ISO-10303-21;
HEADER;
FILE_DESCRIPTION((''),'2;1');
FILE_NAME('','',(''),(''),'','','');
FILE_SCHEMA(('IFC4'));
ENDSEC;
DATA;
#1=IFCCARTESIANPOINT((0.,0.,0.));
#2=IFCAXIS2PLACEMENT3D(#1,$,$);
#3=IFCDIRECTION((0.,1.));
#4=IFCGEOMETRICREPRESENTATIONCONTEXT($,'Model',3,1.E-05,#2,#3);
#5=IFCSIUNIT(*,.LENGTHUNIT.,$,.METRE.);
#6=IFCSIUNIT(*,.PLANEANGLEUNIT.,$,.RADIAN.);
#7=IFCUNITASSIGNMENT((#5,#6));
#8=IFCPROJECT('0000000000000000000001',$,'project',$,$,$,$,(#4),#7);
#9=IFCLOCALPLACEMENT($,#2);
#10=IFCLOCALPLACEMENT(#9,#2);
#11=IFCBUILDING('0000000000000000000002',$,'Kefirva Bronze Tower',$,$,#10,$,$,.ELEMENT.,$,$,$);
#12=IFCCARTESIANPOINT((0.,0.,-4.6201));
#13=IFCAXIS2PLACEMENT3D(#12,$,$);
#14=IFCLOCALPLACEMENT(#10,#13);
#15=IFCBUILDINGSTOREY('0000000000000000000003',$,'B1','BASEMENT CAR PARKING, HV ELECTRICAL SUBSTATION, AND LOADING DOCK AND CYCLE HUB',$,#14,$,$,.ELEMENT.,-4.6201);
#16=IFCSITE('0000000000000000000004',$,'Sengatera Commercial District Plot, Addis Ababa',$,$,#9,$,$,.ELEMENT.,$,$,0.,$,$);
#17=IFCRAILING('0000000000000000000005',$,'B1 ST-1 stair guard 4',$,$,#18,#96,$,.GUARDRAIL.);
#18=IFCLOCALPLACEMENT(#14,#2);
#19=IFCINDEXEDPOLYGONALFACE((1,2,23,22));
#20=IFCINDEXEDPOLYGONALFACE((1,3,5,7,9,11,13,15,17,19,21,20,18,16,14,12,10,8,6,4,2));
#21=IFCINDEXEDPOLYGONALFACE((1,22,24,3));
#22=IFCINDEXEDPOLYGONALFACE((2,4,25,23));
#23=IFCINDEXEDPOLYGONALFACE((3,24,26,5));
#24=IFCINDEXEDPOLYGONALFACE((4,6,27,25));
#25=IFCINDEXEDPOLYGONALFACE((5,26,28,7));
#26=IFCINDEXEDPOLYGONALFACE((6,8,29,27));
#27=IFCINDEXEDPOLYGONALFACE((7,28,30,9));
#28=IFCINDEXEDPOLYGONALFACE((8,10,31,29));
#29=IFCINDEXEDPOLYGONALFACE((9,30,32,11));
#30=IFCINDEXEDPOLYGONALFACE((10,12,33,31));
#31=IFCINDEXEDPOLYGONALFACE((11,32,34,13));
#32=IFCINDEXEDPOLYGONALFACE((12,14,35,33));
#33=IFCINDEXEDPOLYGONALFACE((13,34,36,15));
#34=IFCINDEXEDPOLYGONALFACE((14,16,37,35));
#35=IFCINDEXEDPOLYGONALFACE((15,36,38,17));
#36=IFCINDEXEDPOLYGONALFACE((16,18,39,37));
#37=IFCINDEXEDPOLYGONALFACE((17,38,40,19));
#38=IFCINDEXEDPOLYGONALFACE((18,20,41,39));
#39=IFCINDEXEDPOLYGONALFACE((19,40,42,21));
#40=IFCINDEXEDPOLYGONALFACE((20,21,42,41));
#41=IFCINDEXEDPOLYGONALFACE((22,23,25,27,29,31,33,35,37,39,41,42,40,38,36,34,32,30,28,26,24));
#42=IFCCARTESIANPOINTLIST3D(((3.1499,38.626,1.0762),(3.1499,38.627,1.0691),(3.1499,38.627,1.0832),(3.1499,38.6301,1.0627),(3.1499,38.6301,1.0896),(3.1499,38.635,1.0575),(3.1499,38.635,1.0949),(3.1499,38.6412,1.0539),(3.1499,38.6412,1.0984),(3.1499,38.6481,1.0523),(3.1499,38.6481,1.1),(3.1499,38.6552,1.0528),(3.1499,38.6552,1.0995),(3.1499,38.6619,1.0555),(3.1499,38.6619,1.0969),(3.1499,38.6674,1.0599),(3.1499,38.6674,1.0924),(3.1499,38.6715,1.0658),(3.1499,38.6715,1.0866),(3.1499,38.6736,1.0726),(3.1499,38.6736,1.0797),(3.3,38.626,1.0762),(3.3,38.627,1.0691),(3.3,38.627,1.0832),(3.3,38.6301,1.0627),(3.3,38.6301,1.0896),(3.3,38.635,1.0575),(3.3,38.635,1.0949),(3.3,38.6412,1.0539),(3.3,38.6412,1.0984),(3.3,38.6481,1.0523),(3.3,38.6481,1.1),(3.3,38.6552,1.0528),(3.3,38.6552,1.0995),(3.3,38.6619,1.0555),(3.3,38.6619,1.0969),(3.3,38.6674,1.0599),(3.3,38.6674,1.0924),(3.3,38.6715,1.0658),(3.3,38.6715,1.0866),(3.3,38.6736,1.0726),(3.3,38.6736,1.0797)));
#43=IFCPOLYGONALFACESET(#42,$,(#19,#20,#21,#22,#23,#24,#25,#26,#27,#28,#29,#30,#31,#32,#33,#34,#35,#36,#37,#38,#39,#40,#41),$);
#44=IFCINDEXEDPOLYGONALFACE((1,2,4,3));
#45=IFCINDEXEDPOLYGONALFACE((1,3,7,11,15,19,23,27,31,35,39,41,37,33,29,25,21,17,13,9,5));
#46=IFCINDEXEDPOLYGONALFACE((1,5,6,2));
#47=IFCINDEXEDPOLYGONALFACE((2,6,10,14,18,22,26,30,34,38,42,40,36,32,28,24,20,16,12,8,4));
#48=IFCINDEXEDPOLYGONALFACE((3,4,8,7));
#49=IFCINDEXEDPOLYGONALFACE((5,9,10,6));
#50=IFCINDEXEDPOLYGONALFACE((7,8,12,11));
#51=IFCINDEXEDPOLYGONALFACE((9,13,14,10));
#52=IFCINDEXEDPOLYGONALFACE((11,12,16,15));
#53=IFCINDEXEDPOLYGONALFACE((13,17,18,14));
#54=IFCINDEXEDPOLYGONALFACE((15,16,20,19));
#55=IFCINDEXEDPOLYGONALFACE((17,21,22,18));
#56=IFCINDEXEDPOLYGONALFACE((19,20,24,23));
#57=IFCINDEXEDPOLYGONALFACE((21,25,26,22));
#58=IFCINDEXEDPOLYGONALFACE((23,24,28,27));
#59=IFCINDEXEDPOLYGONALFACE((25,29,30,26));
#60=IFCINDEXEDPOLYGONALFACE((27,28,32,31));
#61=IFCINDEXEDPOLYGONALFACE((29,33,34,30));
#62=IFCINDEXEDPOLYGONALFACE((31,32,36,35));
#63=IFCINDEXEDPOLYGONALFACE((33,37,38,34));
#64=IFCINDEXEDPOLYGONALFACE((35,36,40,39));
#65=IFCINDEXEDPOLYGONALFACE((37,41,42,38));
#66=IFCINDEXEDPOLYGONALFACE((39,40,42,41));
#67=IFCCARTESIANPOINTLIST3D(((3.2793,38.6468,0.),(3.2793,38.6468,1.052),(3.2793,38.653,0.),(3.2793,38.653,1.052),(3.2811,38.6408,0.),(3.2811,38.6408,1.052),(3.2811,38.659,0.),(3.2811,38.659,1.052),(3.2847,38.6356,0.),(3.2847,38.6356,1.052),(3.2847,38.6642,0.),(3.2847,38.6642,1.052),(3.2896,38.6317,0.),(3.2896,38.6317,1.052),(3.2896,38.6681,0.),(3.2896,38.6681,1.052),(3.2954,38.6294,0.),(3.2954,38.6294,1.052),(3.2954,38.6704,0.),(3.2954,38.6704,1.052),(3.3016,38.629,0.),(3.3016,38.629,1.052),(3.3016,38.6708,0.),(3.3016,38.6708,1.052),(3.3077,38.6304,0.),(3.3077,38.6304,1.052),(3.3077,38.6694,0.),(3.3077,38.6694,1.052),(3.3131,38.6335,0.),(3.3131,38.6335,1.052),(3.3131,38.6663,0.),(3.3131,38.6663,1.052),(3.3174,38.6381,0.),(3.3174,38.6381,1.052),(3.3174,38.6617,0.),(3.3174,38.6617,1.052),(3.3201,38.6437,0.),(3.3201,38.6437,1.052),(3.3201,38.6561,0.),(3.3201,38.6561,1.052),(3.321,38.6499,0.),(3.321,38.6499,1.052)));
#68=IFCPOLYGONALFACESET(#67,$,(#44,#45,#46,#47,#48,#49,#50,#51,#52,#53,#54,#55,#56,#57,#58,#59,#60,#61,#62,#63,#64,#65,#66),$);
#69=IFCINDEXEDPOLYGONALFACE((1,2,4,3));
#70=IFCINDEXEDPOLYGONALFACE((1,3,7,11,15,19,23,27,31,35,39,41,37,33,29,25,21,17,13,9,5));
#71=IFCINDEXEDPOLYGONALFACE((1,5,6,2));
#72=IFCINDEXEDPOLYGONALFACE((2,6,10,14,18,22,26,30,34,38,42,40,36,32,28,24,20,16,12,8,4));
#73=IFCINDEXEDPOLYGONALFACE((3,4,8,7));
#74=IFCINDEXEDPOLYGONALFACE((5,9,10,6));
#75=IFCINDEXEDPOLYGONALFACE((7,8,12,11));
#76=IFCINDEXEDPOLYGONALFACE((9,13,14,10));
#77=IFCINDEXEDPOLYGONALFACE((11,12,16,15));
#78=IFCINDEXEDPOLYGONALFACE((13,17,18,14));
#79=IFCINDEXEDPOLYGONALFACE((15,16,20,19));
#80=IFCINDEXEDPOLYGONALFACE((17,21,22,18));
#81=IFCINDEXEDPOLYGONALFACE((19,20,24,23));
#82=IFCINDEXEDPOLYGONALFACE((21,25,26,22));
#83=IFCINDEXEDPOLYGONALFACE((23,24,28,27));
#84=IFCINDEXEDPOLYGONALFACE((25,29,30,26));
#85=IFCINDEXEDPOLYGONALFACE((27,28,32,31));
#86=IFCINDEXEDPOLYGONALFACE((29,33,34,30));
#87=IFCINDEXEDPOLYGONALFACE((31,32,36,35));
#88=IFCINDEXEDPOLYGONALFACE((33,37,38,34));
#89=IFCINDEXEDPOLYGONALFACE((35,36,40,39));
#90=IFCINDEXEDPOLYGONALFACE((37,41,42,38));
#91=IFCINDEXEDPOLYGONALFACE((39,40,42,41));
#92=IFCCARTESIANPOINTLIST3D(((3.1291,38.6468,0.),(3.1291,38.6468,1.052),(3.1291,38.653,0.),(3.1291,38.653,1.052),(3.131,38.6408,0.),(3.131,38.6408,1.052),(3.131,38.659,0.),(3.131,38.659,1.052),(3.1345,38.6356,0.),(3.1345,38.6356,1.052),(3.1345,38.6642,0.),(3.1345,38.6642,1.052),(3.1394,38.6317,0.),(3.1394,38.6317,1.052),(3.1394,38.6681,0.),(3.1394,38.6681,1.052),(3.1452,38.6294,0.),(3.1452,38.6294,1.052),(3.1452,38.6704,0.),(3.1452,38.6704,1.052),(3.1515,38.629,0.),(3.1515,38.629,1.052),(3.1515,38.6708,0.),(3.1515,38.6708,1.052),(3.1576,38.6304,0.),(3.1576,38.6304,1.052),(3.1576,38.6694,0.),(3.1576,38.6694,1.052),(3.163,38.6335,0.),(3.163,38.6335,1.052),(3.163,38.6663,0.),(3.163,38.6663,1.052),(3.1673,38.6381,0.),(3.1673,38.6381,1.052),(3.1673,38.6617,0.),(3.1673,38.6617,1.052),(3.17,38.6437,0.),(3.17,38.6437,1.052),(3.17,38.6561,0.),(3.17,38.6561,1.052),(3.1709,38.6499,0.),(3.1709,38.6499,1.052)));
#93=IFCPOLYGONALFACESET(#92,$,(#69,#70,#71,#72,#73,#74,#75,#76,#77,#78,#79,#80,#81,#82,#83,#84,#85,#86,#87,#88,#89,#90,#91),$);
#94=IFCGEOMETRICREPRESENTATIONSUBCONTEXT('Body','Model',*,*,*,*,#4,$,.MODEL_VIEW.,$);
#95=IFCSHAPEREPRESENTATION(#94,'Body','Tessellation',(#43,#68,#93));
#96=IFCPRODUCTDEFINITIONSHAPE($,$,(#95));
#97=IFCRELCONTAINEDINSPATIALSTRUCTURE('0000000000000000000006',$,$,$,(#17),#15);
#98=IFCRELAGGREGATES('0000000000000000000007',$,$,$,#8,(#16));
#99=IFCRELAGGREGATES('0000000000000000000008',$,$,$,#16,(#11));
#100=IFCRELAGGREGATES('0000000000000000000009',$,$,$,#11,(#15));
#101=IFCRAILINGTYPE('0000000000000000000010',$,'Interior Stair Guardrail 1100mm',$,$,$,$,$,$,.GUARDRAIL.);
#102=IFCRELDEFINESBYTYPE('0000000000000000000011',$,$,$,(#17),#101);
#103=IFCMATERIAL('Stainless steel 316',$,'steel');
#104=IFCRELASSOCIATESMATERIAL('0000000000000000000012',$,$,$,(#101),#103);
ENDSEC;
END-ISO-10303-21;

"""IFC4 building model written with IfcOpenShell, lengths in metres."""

from ifc_helpers import new_model, si_unit, direction, frame, origin, origin_2d, place, context, subcontext, project, spatial, circle, extrude, material, type_object, element, save


model = new_model("IFC4")

# Units and contexts
model_context = context("Model", 3, precision=1e-05, world=origin(), true_north=direction((0.0, 1.0)))
body_context = subcontext(model_context, "Body", "Model", "MODEL_VIEW")
ifc_project = project(units=[si_unit("LENGTHUNIT", "METRE"), si_unit("PLANEANGLEUNIT", "RADIAN")], contexts=[model_context])

# Site, building, storey
site_placement = place(None, origin())
site = spatial("IfcSite", under=ifc_project, at=site_placement, Name="Sengatera Commercial District Plot, Addis Ababa", CompositionType="ELEMENT", RefElevation=0.0)
building_placement = place(site_placement, origin())
building = spatial("IfcBuilding", under=site, at=building_placement, Name="Kefirva Bronze Tower", CompositionType="ELEMENT")
storey_placement = place(building_placement, frame((0.0, 0.0, -4.6201)))
storey = spatial("IfcBuildingStorey", under=building, at=storey_placement, Name="B1", Description="BASEMENT CAR PARKING, HV ELECTRICAL SUBSTATION, AND LOADING DOCK AND CYCLE HUB", CompositionType="ELEMENT", Elevation=-4.6201)

# Railing
ifc_material_1 = material(Name="Stainless steel 316", Category="steel")
railing_type_1 = type_object("IfcRailingType", Name="Interior Stair Guardrail 1100mm", PredefinedType="GUARDRAIL", material=ifc_material_1)
railing_1_placement = place(storey_placement, frame((3.3, 38.6499, 0.0)))
element("IfcRailing", 1, at=railing_1_placement, inside=storey, type_object=railing_type_1, Name="B1 ST-1 stair guard 4", PredefinedType="GUARDRAIL", context=body_context, shape_type="SweptSolid", body=[
    extrude(circle(Radius=0.0239, at=origin_2d()), frame((0.0, 0.0, 1.0762), z_axis=(-1.0, 0.0, 0.0), x_axis=(0.0, -1.0, 0.0)), (0.0, 0.0, 1.0), 0.1501),
    extrude(circle(Radius=0.021, at=origin_2d()), origin(), (0.0, 0.0, 1.0), 1.052),
    extrude(circle(Radius=0.021, at=origin_2d()), frame((-0.1501, 0.0, 0.0)), (0.0, 0.0, 1.0), 1.052),
])

save(model, "model.ifc")
